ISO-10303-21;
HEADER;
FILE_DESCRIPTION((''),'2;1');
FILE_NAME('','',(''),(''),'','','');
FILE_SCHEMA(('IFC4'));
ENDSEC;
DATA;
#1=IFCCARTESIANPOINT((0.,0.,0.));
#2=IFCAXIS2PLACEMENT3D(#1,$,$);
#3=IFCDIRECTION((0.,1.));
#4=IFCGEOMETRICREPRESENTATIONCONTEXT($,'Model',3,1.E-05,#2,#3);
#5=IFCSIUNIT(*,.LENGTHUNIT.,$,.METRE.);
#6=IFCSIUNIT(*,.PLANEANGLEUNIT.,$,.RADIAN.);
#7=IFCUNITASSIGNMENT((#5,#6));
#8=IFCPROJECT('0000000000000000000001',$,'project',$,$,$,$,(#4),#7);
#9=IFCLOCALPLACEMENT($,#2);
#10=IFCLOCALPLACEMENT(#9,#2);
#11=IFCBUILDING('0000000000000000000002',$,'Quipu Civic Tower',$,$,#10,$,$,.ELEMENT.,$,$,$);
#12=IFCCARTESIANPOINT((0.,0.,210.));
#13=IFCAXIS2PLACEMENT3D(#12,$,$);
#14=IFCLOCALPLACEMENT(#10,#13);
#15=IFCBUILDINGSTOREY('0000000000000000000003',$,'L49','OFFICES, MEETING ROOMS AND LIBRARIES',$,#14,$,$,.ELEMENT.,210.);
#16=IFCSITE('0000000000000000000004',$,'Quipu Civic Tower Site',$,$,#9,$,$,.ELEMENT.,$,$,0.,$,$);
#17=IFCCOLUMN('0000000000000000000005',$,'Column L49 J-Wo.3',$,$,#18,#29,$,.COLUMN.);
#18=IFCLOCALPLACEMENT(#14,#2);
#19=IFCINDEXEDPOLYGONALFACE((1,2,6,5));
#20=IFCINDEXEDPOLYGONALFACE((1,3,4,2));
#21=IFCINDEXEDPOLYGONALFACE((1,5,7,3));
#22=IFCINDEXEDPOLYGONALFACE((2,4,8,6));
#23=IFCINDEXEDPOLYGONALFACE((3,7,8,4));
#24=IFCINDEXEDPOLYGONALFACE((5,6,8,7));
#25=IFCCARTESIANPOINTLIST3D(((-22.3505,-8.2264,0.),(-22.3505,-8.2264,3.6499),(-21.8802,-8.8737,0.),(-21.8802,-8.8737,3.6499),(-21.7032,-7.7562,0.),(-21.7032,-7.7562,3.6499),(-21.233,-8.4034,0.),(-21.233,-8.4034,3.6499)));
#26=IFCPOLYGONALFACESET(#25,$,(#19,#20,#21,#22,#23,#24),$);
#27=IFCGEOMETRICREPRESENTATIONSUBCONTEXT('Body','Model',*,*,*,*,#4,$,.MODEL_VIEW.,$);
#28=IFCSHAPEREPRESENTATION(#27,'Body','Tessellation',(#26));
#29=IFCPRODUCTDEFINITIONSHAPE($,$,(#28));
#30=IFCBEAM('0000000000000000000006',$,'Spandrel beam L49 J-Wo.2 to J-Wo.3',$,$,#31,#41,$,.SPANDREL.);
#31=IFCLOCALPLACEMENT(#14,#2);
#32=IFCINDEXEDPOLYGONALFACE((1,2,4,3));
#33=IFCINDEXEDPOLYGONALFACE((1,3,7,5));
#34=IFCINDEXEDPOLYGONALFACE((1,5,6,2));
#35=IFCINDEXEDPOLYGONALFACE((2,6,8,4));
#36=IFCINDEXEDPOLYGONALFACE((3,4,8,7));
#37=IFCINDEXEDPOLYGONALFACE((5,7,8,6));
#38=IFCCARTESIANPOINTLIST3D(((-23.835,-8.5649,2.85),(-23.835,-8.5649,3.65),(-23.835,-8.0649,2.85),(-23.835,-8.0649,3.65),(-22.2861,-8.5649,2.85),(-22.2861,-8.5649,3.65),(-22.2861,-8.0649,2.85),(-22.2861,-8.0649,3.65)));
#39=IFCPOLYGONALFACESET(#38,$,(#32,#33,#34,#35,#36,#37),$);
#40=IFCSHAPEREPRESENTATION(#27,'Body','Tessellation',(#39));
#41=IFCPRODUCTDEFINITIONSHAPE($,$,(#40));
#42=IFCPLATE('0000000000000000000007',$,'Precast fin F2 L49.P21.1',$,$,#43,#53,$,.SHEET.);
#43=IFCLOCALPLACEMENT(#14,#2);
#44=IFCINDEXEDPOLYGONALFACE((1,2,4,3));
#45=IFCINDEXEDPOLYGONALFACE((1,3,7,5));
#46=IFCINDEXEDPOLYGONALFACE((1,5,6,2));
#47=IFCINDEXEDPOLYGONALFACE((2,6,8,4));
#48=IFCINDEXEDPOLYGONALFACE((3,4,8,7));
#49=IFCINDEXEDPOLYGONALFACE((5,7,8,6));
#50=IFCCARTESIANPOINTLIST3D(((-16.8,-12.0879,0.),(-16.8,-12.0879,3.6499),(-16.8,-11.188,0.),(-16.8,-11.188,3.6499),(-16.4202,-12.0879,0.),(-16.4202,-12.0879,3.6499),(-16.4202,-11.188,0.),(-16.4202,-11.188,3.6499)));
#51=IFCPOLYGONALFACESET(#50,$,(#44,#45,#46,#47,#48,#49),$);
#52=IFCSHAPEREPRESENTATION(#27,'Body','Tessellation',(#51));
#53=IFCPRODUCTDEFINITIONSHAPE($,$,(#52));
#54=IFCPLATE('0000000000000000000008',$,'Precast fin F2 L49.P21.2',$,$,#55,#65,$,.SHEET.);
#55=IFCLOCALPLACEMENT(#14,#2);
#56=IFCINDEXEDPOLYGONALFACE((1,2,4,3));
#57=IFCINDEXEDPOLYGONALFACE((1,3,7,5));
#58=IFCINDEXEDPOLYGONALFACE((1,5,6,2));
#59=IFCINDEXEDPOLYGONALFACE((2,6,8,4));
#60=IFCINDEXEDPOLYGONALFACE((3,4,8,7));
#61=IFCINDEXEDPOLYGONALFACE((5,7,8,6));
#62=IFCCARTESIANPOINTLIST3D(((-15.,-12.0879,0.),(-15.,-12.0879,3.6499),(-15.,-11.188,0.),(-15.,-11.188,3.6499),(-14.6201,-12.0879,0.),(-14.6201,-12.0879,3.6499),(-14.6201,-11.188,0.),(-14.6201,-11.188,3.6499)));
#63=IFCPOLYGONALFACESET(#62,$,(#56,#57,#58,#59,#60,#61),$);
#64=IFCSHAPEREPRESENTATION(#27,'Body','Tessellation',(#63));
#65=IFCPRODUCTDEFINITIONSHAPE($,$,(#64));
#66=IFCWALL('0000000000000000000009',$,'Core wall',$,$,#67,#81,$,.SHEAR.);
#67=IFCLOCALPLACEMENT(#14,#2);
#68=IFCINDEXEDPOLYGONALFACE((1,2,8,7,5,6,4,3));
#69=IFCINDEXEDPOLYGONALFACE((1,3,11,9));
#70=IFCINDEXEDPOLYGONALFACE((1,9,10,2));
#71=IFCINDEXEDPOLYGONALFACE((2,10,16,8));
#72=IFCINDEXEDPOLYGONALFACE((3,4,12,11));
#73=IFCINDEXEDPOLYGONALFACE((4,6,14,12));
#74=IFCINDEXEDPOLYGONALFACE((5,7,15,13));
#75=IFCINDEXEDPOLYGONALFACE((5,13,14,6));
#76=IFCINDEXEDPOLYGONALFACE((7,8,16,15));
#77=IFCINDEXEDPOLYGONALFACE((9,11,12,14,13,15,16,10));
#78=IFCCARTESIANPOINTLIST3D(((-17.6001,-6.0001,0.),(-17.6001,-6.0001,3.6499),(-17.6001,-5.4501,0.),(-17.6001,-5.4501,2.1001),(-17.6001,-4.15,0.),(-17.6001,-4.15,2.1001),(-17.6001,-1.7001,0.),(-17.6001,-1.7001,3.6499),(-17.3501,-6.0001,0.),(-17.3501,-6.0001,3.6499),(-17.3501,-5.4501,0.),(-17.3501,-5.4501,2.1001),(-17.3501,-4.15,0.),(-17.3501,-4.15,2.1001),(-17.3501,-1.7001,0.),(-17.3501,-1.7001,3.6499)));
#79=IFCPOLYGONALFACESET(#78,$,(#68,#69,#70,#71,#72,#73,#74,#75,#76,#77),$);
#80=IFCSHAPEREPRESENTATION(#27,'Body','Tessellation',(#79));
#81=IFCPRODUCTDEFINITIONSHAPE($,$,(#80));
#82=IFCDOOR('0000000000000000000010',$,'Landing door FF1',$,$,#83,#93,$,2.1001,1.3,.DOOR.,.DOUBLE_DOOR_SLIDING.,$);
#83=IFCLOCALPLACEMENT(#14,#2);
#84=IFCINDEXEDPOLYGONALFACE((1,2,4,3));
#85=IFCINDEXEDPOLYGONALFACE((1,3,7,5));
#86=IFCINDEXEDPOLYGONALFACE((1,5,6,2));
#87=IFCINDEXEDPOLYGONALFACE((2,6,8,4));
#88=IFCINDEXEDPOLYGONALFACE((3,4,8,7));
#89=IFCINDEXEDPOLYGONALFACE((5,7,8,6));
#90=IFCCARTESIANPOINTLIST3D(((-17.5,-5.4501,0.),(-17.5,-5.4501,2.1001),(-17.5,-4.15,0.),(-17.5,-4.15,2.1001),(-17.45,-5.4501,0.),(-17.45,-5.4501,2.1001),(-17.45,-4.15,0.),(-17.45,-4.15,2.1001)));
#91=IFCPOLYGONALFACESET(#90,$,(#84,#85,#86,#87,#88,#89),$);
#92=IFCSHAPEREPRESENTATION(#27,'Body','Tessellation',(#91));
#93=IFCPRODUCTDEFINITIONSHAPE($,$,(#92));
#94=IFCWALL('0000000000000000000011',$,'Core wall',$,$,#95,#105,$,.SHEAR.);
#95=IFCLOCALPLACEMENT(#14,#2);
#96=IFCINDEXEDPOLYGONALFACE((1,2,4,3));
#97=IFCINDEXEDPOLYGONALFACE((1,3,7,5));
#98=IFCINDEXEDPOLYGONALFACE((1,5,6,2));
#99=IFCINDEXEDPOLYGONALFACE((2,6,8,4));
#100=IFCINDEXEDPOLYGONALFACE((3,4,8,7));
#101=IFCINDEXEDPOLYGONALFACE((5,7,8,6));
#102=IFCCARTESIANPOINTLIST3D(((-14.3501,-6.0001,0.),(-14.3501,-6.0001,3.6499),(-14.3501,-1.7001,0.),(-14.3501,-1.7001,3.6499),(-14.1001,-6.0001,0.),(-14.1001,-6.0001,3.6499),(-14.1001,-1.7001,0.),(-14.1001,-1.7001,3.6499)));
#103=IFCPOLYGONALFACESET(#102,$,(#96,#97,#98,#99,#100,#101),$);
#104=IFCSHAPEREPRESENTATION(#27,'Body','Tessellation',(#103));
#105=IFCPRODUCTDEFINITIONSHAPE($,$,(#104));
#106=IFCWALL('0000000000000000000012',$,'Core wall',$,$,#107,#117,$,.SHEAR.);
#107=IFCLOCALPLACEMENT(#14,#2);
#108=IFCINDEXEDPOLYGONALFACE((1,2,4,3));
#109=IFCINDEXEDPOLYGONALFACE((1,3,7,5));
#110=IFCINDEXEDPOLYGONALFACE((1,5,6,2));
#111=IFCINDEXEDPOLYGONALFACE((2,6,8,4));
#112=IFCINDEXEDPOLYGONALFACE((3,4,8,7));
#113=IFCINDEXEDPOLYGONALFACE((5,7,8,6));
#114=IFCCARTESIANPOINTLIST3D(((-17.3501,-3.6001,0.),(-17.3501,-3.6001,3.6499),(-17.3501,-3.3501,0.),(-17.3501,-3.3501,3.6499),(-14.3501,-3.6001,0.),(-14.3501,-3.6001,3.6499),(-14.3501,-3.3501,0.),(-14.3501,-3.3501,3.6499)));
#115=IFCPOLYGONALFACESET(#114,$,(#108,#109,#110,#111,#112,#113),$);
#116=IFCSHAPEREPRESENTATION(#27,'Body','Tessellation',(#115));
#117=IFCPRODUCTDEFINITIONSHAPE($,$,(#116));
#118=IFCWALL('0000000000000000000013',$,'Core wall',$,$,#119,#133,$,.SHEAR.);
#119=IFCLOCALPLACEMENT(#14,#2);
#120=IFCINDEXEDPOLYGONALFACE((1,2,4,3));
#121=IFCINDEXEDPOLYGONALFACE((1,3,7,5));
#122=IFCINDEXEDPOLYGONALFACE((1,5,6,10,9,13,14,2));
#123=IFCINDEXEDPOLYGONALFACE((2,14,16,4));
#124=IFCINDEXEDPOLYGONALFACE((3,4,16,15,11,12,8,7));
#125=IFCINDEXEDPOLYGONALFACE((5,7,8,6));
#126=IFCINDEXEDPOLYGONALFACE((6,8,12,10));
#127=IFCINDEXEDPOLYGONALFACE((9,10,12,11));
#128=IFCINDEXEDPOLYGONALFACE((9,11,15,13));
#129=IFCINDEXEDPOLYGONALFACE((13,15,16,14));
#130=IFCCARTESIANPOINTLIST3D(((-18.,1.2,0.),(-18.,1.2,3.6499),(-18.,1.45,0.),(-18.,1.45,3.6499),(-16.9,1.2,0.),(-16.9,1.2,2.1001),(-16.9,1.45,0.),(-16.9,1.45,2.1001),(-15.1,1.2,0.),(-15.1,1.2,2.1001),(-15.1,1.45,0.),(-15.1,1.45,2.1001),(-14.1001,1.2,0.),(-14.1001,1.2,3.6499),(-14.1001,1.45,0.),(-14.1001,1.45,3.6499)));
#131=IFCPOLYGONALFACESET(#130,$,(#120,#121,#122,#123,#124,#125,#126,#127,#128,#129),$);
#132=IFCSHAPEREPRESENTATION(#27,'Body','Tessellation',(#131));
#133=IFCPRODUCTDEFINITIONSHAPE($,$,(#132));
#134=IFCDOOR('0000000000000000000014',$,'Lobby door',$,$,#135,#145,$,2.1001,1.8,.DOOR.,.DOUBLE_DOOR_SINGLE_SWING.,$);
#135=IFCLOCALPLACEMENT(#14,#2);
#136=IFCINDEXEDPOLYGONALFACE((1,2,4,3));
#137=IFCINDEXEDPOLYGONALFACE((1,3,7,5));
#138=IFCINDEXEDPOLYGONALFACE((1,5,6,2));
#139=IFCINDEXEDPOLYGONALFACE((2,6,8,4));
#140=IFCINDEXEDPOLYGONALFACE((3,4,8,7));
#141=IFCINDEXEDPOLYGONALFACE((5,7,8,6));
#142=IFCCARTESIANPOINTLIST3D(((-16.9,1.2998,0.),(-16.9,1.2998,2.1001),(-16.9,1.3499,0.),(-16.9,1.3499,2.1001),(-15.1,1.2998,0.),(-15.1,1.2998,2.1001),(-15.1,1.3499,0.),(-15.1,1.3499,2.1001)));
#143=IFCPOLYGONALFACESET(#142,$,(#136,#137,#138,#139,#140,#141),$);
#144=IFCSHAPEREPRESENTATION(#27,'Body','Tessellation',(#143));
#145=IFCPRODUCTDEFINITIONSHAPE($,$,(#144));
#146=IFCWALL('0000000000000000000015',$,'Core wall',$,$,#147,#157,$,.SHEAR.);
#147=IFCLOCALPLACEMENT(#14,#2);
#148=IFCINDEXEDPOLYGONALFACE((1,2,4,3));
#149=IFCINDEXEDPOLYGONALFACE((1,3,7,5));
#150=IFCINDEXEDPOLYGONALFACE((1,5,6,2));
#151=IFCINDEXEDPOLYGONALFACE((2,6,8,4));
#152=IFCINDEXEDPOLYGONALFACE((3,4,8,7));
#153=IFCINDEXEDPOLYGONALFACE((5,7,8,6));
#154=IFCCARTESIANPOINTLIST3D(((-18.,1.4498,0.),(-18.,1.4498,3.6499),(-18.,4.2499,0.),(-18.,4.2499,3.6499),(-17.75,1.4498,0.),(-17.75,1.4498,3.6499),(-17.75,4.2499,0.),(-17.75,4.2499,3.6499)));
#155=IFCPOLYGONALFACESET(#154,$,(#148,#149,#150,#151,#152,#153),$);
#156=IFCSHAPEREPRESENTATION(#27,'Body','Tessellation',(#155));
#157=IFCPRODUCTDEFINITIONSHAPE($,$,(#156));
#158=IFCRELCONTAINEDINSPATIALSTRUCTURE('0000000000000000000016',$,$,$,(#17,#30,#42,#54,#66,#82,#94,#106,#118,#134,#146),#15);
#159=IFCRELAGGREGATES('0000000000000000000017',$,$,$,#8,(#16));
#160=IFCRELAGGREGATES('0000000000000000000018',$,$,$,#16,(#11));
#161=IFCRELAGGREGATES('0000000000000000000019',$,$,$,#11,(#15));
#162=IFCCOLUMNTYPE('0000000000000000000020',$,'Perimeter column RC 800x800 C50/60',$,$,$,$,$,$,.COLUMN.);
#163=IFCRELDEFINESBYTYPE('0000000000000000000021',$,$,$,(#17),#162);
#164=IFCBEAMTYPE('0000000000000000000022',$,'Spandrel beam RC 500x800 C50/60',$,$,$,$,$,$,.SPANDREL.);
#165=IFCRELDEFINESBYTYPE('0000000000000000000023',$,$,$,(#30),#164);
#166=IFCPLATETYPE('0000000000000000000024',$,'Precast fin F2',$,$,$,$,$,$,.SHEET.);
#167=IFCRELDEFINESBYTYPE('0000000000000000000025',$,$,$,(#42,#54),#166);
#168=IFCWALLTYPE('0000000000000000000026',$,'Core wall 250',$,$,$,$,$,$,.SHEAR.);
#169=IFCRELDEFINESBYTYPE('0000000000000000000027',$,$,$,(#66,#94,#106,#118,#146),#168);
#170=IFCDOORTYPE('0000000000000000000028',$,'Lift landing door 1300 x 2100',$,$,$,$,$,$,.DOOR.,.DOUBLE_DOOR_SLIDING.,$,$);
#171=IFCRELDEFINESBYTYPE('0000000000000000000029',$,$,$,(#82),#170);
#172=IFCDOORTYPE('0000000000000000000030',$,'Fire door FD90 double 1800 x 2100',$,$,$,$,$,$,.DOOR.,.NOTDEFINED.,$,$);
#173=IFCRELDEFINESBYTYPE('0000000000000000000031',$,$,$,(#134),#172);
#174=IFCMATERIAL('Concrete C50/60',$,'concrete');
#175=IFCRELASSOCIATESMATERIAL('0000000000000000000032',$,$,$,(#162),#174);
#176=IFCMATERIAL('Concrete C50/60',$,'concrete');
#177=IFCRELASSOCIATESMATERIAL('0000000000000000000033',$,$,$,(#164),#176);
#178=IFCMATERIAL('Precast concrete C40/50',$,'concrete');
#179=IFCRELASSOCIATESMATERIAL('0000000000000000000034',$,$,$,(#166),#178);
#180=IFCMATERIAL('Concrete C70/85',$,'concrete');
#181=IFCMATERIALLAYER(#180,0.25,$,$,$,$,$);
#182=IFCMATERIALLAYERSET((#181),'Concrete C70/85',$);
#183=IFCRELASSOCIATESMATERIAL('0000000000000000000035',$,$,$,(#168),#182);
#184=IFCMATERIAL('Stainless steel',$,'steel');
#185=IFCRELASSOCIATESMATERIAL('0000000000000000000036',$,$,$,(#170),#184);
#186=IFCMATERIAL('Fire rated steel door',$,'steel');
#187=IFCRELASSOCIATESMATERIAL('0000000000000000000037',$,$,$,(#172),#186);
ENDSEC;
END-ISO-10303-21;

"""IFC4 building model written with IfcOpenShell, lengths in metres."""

from ifc_helpers import new_model, si_unit, direction, frame, frame_2d, origin, origin_2d, place, context, subcontext, project, spatial, rectangle, extrude, material, layer, layer_set, material_profile, profile_set, type_object, element, fill, save


model = new_model("IFC4")

# Units and contexts
model_context = context("Model", 3, precision=1e-05, world=origin(), true_north=direction((0.0, 1.0)))
body_context = subcontext(model_context, "Body", "Model", "MODEL_VIEW")
ifc_project = project(units=[si_unit("LENGTHUNIT", "METRE"), si_unit("PLANEANGLEUNIT", "RADIAN")], contexts=[model_context])

# Site, building, storey
site_placement = place(None, origin())
site = spatial("IfcSite", under=ifc_project, at=site_placement, Name="Quipu Civic Tower Site", CompositionType="ELEMENT", RefElevation=0.0)
building_placement = place(site_placement, origin())
building = spatial("IfcBuilding", under=site, at=building_placement, Name="Quipu Civic Tower", CompositionType="ELEMENT")
storey_placement = place(building_placement, frame((0.0, 0.0, 210.0)))
storey = spatial("IfcBuildingStorey", under=building, at=storey_placement, Name="L49", Description="OFFICES, MEETING ROOMS AND LIBRARIES", CompositionType="ELEMENT", Elevation=210.0)

# Column
ifc_material_1 = material(Name="Concrete C50/60", Category="concrete")
ifc_material_profile_1 = material_profile(ifc_material_1, rectangle(XDim=0.8, YDim=0.8, at=origin_2d()), Name="RC800x800")
ifc_profile_set_1 = profile_set([ifc_material_profile_1], Name="Concrete C50/60")
column_type = type_object("IfcColumnType", Name="Perimeter column RC 800x800 C50/60", PredefinedType="COLUMN", material=ifc_profile_set_1)
column_placement = place(storey_placement, frame((-21.7917, -8.3149, 0.0), z_axis=(0.0, 0.0, 1.0), x_axis=(0.587785, -0.809017, 0.0)))
element("IfcColumn", 1, at=column_placement, inside=storey, type_object=column_type, Name="Column L49 J-Wo.3", PredefinedType="COLUMN", context=body_context, shape_type="SweptSolid", body=[
    extrude(rectangle(XDim=0.8, YDim=0.8, at=origin_2d()), origin(), (0.0, 0.0, 1.0), 3.6499),
])

# Beam
ifc_material_2 = material(Name="Concrete C50/60", Category="concrete")
ifc_material_profile_2 = material_profile(ifc_material_2, rectangle(XDim=0.5, YDim=0.8, at=origin_2d()), Name="RC500x800")
ifc_profile_set_2 = profile_set([ifc_material_profile_2], Name="Concrete C50/60")
beam_type = type_object("IfcBeamType", Name="Spandrel beam RC 500x800 C50/60", PredefinedType="SPANDREL", material=ifc_profile_set_2)
beam_placement = place(storey_placement, frame((-23.835, -8.3149, 3.25), z_axis=(1.0, 0.0, 0.0), x_axis=(0.0, 1.0, 0.0)))
element("IfcBeam", 2, at=beam_placement, inside=storey, type_object=beam_type, Name="Spandrel beam L49 J-Wo.2 to J-Wo.3", PredefinedType="SPANDREL", context=body_context, shape_type="SweptSolid", body=[
    extrude(rectangle(XDim=0.5, YDim=0.8, at=origin_2d()), origin(), (0.0, 0.0, 1.0), 1.5488),
])

# Plates
ifc_material_3 = material(Name="Precast concrete C40/50", Category="concrete")
plate_type = type_object("IfcPlateType", Name="Precast fin F2", PredefinedType="SHEET", material=ifc_material_3)
for number, where, z_axis, x_axis, name in (
    (3, (-16.6101, -11.6379, 0.0), (0.0, 0.0, 1.0), (1.0, 0.0, 0.0), "Precast fin F2 L49.P21.1"),
    (4, (-14.8101, -11.6379, 0.0), (0.0, 0.0, 1.0), (1.0, 0.0, 0.0), "Precast fin F2 L49.P21.2"),
):
    element("IfcPlate", number, at=place(storey_placement, frame(where, z_axis=z_axis, x_axis=x_axis)), inside=storey, type_object=plate_type, Name=name, PredefinedType="SHEET", context=body_context, shape_type="SweptSolid", body=[
        extrude(rectangle(XDim=0.3799, YDim=0.8999, at=origin_2d()), origin(), (0.0, 0.0, 1.0), 3.6499),
    ])

# Wall, opening, door
ifc_material_4 = material(Name="Concrete C70/85", Category="concrete")
ifc_layer_1 = layer(ifc_material_4, 0.25)
ifc_layer_set_1 = layer_set([ifc_layer_1], Name="Concrete C70/85")
wall_type_1 = type_object("IfcWallType", Name="Core wall 250", PredefinedType="SHEAR", material=ifc_layer_set_1)
wall_1_placement = place(storey_placement, frame((-17.4751, -6.0, 0.0), z_axis=(0.0, 0.0, 1.0), x_axis=(0.0, 1.0, 0.0)))
wall_1 = element("IfcWall", 5, at=wall_1_placement, inside=storey, type_object=wall_type_1, Name="Core wall", PredefinedType="SHEAR", context=body_context, shape_type="SweptSolid", body=[
    extrude(rectangle(XDim=4.3, YDim=0.25, at=frame_2d((2.1499, 0.0))), origin(), (0.0, 0.0, 1.0), 3.6499),
])
opening_1_placement = place(wall_1_placement, frame((0.55, 0.0, 0.0)))
opening_1 = element("IfcOpeningElement", 6, at=opening_1_placement, cuts=wall_1, PredefinedType="OPENING", context=body_context, shape_type="SweptSolid", body=[
    extrude(rectangle(XDim=1.3, YDim=2.1001, at=frame_2d((0.6499, 1.05))), frame((0.0, 0.135, 0.0), z_axis=(0.0, -1.0, 0.0), x_axis=(1.0, 0.0, 0.0)), (0.0, 0.0, 1.0), 0.27),
])
ifc_material_5 = material(Name="Stainless steel", Category="steel")
door_type_1 = type_object("IfcDoorType", Name="Lift landing door 1300 x 2100", OperationType="DOUBLE_DOOR_SLIDING", PredefinedType="DOOR", material=ifc_material_5)
door_1_placement = place(opening_1_placement, origin())
door_1 = element("IfcDoor", 7, at=door_1_placement, inside=storey, type_object=door_type_1, Name="Landing door FF1", OperationType="DOUBLE_DOOR_SLIDING", OverallHeight=2.1001, OverallWidth=1.3, PredefinedType="DOOR", context=body_context, shape_type="SweptSolid", body=[
    extrude(rectangle(XDim=1.3, YDim=2.1001, at=frame_2d((0.6499, 1.05))), frame((0.0, 0.0249, 0.0), z_axis=(0.0, -1.0, 0.0), x_axis=(1.0, 0.0, 0.0)), (0.0, 0.0, 1.0), 0.05),
])
fill(opening_1, door_1)

# Walls
wall_2_placement = place(storey_placement, frame((-14.2251, -6.0, 0.0), z_axis=(0.0, 0.0, 1.0), x_axis=(0.0, 1.0, 0.0)))
element("IfcWall", 8, at=wall_2_placement, inside=storey, type_object=wall_type_1, Name="Core wall", PredefinedType="SHEAR", context=body_context, shape_type="SweptSolid", body=[
    extrude(rectangle(XDim=4.3, YDim=0.25, at=frame_2d((2.1499, 0.0))), origin(), (0.0, 0.0, 1.0), 3.6499),
])
wall_3_placement = place(storey_placement, frame((-17.3501, -3.4751, 0.0), z_axis=(0.0, 0.0, 1.0), x_axis=(1.0, 0.0, 0.0)))
element("IfcWall", 9, at=wall_3_placement, inside=storey, type_object=wall_type_1, Name="Core wall", PredefinedType="SHEAR", context=body_context, shape_type="SweptSolid", body=[
    extrude(rectangle(XDim=3.0, YDim=0.25, at=frame_2d((1.5, 0.0))), origin(), (0.0, 0.0, 1.0), 3.6499),
])

# Wall, opening, door
wall_4_placement = place(storey_placement, frame((-18.0, 1.325, 0.0), z_axis=(0.0, 0.0, 1.0), x_axis=(1.0, 0.0, 0.0)))
wall_4 = element("IfcWall", 10, at=wall_4_placement, inside=storey, type_object=wall_type_1, Name="Core wall", PredefinedType="SHEAR", context=body_context, shape_type="SweptSolid", body=[
    extrude(rectangle(XDim=3.8999, YDim=0.25, at=frame_2d((1.95, 0.0))), origin(), (0.0, 0.0, 1.0), 3.6499),
])
opening_2_placement = place(wall_4_placement, frame((1.1001, 0.0, 0.0)))
opening_2 = element("IfcOpeningElement", 11, at=opening_2_placement, cuts=wall_4, PredefinedType="OPENING", context=body_context, shape_type="SweptSolid", body=[
    extrude(rectangle(XDim=1.8, YDim=2.1001, at=frame_2d((0.8999, 1.05))), frame((0.0, 0.135, 0.0), z_axis=(0.0, -1.0, 0.0), x_axis=(1.0, 0.0, 0.0)), (0.0, 0.0, 1.0), 0.27),
])
ifc_material_6 = material(Name="Fire rated steel door", Category="steel")
door_type_2 = type_object("IfcDoorType", Name="Fire door FD90 double 1800 x 2100", OperationType="NOTDEFINED", PredefinedType="DOOR", material=ifc_material_6)
door_2_placement = place(opening_2_placement, origin())
door_2 = element("IfcDoor", 12, at=door_2_placement, inside=storey, type_object=door_type_2, Name="Lobby door", OperationType="DOUBLE_DOOR_SINGLE_SWING", OverallHeight=2.1001, OverallWidth=1.8, PredefinedType="DOOR", context=body_context, shape_type="SweptSolid", body=[
    extrude(rectangle(XDim=1.8, YDim=2.1001, at=frame_2d((0.8999, 1.05))), frame((0.0, 0.0249, 0.0), z_axis=(0.0, -1.0, 0.0), x_axis=(1.0, 0.0, 0.0)), (0.0, 0.0, 1.0), 0.05),
])
fill(opening_2, door_2)

# Wall
wall_5_placement = place(storey_placement, frame((-17.875, 1.45, 0.0), z_axis=(0.0, 0.0, 1.0), x_axis=(0.0, 1.0, 0.0)))
element("IfcWall", 13, at=wall_5_placement, inside=storey, type_object=wall_type_1, Name="Core wall", PredefinedType="SHEAR", context=body_context, shape_type="SweptSolid", body=[
    extrude(rectangle(XDim=2.8, YDim=0.25, at=frame_2d((1.3999, 0.0))), origin(), (0.0, 0.0, 1.0), 3.6499),
])

save(model, "model.ifc")
